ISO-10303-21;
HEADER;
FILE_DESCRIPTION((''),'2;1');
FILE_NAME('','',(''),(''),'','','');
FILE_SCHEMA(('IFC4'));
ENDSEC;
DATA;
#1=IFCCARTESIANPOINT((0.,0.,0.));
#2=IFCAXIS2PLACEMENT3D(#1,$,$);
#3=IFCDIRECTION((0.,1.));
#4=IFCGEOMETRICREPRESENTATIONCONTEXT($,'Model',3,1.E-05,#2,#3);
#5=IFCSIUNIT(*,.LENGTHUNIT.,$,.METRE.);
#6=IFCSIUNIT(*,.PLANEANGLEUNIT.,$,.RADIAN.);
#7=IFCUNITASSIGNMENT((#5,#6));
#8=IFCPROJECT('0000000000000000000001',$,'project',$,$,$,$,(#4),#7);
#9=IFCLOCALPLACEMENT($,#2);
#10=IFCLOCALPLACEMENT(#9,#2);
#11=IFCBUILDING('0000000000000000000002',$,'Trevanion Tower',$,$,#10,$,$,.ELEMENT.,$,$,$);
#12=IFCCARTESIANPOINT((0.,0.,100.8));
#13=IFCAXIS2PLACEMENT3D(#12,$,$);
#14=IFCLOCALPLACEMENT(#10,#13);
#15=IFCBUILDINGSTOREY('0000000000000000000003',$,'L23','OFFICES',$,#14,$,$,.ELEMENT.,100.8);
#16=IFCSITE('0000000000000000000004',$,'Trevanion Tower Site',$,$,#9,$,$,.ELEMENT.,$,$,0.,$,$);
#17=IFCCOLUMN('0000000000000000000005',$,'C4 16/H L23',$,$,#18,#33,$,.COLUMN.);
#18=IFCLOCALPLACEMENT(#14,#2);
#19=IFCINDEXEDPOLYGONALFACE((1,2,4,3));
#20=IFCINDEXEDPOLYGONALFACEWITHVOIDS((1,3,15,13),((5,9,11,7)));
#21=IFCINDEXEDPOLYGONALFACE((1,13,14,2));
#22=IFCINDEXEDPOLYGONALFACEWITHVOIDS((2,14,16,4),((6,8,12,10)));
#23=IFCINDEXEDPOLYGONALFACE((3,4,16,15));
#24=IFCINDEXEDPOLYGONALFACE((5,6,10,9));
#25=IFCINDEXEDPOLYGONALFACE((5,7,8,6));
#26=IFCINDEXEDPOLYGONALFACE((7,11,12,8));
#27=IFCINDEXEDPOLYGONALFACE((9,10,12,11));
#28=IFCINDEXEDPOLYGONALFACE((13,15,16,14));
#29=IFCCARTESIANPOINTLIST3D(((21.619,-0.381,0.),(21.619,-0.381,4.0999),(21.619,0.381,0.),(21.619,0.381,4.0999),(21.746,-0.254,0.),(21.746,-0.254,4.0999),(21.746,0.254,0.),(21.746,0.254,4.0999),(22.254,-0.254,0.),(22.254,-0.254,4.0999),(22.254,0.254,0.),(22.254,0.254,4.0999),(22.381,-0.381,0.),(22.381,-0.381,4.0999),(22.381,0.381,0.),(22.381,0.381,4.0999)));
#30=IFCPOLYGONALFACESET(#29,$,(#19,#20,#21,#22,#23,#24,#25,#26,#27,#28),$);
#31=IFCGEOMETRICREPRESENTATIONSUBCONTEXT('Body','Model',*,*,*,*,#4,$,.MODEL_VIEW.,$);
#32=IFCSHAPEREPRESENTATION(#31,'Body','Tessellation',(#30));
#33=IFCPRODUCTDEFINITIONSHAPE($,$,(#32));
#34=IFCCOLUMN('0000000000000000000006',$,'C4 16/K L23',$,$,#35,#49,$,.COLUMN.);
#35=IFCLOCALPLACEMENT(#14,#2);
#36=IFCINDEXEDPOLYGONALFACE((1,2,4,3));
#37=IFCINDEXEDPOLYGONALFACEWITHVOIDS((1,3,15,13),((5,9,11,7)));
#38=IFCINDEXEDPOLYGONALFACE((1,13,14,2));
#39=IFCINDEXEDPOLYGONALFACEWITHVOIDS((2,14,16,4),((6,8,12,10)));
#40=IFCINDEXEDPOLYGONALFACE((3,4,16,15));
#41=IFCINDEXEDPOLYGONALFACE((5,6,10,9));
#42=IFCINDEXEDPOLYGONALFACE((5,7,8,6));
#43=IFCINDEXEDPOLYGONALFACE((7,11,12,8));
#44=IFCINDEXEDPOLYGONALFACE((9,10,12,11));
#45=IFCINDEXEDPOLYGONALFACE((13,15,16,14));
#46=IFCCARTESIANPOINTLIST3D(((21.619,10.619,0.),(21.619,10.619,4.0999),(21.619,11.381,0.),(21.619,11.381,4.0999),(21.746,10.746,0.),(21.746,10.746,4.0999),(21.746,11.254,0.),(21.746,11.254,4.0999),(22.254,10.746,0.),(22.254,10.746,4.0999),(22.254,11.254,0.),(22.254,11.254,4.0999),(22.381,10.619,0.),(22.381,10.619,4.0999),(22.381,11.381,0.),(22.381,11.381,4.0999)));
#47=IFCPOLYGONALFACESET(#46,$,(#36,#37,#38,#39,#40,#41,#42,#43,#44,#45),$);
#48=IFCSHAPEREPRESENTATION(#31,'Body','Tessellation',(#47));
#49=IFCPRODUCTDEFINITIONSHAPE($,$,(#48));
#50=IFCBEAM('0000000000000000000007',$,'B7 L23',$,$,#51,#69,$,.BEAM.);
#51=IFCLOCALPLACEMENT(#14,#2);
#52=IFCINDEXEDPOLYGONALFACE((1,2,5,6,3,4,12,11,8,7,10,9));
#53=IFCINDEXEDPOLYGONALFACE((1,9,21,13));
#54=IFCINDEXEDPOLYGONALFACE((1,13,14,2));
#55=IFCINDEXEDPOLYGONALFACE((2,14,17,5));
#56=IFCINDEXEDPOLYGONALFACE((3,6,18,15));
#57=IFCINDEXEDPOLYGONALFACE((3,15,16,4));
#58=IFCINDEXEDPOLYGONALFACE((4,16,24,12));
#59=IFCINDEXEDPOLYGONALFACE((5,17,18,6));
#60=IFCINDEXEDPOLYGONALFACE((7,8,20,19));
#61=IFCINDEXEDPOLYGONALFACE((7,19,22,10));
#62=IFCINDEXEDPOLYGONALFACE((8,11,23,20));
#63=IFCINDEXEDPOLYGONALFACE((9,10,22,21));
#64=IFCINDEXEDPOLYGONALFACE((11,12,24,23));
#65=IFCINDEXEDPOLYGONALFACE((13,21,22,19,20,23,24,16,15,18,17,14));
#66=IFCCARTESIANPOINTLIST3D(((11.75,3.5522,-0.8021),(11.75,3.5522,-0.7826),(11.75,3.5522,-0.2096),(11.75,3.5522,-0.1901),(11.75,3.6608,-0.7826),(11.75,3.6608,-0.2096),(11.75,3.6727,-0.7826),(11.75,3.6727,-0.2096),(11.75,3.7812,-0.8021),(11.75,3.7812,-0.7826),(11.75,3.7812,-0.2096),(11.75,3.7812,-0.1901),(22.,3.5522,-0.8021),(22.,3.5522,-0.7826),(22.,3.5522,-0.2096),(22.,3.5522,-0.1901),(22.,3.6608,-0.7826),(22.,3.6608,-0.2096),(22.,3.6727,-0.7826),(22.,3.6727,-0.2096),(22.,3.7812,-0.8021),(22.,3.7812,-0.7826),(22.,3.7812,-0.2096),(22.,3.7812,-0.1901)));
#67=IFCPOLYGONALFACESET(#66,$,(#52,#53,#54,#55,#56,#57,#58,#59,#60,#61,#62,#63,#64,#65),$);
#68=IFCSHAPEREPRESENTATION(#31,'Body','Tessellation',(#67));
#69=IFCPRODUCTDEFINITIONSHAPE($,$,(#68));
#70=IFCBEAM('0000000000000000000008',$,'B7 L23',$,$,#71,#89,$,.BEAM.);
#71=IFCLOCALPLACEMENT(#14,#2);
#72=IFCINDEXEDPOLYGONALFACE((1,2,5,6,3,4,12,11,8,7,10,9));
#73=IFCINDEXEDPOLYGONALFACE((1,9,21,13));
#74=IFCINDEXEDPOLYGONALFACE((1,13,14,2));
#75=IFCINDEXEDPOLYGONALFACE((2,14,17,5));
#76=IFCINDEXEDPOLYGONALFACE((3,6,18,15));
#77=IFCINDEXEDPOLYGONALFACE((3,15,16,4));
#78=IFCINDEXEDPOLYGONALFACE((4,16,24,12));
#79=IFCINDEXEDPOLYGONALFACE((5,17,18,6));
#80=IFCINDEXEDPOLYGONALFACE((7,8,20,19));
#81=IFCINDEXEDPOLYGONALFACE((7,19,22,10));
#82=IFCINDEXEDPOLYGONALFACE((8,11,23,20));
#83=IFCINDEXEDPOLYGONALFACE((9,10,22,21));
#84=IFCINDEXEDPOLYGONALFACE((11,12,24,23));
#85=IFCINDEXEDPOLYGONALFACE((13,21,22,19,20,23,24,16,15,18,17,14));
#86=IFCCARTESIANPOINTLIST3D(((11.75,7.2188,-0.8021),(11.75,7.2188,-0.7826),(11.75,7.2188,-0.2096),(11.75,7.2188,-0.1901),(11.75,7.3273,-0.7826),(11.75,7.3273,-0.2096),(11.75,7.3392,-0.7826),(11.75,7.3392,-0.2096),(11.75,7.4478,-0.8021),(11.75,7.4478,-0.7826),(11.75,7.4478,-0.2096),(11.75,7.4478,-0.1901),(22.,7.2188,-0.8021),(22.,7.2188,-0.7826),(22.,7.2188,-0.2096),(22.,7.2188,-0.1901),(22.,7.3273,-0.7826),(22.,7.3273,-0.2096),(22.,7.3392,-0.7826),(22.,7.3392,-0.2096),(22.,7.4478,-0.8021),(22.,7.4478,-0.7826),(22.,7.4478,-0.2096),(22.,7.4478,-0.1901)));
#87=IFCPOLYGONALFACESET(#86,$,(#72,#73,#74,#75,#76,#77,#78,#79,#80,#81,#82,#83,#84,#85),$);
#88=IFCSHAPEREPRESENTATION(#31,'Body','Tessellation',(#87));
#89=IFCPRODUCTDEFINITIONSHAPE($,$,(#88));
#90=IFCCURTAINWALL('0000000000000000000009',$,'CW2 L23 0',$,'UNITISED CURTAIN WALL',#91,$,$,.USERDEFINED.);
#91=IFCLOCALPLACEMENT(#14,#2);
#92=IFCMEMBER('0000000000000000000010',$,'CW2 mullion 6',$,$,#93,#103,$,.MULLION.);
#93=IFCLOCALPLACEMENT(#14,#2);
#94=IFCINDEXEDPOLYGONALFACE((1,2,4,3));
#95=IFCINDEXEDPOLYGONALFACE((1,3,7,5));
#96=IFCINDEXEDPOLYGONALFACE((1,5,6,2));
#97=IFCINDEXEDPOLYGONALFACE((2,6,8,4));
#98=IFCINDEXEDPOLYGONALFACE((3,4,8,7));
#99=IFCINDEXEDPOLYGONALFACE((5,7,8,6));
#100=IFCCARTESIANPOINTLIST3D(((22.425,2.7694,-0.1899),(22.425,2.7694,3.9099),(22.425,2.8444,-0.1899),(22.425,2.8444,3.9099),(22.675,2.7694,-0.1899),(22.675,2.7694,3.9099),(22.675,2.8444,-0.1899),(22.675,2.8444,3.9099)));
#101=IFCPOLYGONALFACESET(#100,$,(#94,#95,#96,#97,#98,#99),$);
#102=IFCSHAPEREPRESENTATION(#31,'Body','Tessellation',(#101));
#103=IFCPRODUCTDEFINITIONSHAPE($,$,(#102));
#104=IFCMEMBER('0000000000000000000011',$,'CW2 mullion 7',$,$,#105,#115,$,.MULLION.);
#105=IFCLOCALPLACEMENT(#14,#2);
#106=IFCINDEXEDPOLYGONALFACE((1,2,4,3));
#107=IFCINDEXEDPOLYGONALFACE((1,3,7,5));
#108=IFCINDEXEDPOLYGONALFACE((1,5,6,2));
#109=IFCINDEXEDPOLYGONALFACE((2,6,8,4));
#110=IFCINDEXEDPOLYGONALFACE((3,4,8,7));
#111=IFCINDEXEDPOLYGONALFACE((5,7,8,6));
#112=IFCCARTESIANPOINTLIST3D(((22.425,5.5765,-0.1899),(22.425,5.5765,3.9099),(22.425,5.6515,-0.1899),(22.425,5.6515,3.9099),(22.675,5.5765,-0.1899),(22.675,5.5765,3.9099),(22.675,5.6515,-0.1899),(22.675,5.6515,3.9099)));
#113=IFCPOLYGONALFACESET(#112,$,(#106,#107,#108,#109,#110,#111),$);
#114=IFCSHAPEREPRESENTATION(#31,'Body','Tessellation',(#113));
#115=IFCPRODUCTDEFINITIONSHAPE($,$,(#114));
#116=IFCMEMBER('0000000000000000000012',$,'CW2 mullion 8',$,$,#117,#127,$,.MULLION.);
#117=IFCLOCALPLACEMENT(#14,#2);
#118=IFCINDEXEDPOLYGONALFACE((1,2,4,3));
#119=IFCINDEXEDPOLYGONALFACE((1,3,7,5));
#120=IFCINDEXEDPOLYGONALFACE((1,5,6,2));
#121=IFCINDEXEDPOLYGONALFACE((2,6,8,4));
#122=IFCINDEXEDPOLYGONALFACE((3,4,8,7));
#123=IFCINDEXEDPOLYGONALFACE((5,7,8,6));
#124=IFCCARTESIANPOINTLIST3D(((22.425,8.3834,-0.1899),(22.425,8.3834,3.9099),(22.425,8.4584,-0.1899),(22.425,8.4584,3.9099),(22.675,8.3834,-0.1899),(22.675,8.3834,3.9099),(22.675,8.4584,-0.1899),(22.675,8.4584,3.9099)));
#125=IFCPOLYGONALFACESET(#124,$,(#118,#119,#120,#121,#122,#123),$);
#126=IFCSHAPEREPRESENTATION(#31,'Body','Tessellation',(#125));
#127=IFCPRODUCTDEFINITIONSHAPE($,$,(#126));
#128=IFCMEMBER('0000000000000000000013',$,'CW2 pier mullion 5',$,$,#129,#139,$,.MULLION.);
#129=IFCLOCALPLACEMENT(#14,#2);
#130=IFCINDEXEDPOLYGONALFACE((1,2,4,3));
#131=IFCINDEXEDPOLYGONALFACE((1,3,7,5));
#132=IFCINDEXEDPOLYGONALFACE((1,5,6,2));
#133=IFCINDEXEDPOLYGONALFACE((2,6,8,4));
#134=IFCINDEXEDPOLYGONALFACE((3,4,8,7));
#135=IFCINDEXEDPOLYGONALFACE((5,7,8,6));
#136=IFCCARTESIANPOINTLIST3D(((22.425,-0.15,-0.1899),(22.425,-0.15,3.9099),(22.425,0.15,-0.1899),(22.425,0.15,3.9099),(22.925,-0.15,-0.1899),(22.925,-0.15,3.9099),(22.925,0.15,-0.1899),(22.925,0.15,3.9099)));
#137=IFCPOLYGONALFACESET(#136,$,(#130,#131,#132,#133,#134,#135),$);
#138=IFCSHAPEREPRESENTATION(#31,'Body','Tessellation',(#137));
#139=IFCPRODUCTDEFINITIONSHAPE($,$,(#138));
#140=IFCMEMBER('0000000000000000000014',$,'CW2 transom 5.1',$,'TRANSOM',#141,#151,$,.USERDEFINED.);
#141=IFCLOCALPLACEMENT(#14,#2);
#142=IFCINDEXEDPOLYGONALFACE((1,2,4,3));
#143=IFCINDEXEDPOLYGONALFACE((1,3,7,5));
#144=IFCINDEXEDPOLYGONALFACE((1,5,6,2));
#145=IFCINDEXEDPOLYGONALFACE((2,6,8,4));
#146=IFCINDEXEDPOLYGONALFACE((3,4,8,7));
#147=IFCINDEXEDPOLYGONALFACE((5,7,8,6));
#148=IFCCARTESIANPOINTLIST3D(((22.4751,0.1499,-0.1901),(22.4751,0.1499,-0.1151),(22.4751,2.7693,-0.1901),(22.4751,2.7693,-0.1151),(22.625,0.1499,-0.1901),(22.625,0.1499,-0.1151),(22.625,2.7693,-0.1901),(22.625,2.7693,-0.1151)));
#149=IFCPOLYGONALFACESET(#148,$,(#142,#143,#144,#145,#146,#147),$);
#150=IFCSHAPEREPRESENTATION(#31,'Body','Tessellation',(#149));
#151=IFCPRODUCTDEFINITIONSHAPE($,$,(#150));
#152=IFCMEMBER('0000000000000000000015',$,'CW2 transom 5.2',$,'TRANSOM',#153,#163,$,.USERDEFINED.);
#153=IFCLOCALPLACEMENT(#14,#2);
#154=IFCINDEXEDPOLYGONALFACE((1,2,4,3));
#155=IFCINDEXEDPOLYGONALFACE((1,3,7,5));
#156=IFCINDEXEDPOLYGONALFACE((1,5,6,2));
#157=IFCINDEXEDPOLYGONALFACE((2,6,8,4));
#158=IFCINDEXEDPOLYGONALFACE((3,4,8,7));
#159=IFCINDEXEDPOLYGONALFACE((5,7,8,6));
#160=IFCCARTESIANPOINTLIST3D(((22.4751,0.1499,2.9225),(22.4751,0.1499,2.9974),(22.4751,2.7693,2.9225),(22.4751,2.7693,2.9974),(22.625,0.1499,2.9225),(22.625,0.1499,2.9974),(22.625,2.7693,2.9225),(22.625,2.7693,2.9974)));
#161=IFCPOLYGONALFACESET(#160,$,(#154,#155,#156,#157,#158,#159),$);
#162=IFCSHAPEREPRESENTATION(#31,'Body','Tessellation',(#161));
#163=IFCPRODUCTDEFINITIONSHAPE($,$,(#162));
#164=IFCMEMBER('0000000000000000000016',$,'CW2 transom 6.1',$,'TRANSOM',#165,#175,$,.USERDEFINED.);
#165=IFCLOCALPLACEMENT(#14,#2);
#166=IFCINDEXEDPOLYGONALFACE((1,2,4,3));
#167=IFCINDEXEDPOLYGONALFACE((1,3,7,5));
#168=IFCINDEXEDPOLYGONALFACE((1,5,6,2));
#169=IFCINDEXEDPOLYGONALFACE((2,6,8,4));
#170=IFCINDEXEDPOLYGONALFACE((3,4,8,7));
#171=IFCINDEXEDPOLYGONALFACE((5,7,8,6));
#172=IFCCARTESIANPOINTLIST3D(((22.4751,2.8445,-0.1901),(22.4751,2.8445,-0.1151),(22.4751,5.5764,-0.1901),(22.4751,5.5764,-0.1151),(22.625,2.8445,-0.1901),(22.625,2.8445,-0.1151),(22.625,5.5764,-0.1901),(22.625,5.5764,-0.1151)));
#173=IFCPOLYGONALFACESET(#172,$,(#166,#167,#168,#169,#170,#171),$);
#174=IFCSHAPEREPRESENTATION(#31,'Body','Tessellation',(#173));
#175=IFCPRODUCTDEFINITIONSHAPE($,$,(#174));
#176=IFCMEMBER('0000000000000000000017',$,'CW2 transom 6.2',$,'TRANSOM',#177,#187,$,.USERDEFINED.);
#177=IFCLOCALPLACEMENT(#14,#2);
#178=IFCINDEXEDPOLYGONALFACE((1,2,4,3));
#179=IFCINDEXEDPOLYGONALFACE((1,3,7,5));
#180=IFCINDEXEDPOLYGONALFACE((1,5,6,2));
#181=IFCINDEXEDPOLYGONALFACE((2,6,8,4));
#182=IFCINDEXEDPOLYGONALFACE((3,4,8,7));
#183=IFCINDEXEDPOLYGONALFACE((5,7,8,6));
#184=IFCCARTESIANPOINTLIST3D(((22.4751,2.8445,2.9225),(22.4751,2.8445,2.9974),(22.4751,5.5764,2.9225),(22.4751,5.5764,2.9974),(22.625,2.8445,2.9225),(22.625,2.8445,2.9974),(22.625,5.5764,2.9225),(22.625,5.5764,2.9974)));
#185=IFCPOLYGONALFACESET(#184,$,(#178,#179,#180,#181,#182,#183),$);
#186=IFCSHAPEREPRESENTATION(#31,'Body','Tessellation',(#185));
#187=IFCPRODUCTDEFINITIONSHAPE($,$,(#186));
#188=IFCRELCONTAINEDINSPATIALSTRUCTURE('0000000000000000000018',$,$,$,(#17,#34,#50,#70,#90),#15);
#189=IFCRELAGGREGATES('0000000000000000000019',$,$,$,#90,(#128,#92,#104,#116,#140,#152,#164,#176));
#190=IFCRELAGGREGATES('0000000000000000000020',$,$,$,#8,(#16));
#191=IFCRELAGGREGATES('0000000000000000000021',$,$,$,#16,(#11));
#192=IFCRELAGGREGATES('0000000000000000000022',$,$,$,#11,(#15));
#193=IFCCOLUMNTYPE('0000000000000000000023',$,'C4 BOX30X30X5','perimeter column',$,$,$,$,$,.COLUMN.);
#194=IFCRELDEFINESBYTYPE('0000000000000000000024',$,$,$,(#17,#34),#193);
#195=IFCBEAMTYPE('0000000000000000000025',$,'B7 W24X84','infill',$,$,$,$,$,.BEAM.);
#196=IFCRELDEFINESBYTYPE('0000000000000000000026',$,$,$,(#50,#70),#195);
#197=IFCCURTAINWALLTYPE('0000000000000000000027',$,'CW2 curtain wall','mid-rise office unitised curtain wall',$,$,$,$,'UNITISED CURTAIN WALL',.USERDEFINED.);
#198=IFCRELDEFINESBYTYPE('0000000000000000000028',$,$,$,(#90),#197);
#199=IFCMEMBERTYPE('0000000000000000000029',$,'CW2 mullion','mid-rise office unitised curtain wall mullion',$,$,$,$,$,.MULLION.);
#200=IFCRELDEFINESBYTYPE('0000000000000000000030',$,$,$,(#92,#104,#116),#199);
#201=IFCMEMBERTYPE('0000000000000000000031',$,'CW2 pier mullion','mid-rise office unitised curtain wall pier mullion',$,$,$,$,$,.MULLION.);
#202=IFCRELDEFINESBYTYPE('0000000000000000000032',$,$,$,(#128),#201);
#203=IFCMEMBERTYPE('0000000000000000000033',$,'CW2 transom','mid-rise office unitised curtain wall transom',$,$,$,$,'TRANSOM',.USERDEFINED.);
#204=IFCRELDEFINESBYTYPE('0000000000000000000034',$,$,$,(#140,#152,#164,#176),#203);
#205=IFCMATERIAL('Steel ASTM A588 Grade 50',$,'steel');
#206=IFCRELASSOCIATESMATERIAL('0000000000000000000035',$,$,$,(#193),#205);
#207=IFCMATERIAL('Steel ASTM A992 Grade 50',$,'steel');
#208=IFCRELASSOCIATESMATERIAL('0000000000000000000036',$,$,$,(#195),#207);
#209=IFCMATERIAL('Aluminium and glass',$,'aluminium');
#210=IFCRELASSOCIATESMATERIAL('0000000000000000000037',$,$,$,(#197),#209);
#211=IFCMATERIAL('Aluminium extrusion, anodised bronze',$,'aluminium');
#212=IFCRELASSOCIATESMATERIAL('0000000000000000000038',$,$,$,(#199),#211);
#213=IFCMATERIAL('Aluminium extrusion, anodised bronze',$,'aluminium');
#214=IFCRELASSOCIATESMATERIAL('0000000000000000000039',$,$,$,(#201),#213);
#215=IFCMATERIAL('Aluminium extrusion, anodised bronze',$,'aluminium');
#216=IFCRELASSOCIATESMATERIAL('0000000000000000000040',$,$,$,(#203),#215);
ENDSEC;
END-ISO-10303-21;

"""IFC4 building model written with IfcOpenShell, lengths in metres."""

from ifc_helpers import new_model, si_unit, direction, frame, origin, origin_2d, place, context, subcontext, project, spatial, rectangle, hollow_rectangle, i_section, extrude, material, material_profile, profile_set, type_object, element, aggregate, save


model = new_model("IFC4")

# Units and contexts
model_context = context("Model", 3, precision=1e-05, world=origin(), true_north=direction((0.0, 1.0)))
body_context = subcontext(model_context, "Body", "Model", "MODEL_VIEW")
ifc_project = project(units=[si_unit("LENGTHUNIT", "METRE"), si_unit("PLANEANGLEUNIT", "RADIAN")], contexts=[model_context])

# Site, building, storey
site_placement = place(None, origin())
site = spatial("IfcSite", under=ifc_project, at=site_placement, Name="Trevanion Tower Site", CompositionType="ELEMENT", RefElevation=0.0)
building_placement = place(site_placement, origin())
building = spatial("IfcBuilding", under=site, at=building_placement, Name="Trevanion Tower", CompositionType="ELEMENT")
storey_placement = place(building_placement, frame((0.0, 0.0, 100.8)))
storey = spatial("IfcBuildingStorey", under=building, at=storey_placement, Name="L23", Description="OFFICES", CompositionType="ELEMENT", Elevation=100.8)

# Columns
ifc_material_1 = material(Name="Steel ASTM A588 Grade 50", Category="steel")
ifc_material_profile_1 = material_profile(ifc_material_1, hollow_rectangle(XDim=0.762, YDim=0.762, WallThickness=0.127, at=origin_2d()), Name="BOX30X30X5")
ifc_profile_set_1 = profile_set([ifc_material_profile_1], Name="Steel ASTM A588 Grade 50")
column_type = type_object("IfcColumnType", Name="C4 BOX30X30X5", Description="perimeter column", PredefinedType="COLUMN", material=ifc_profile_set_1)
for number, where, z_axis, x_axis, name in (
    (1, (22.0, 0.0, 0.0), (0.0, 0.0, 1.0), (0.0, 1.0, 0.0), "C4 16/H L23"),
    (2, (22.0, 11.0, 0.0), (0.0, 0.0, 1.0), (0.0, 1.0, 0.0), "C4 16/K L23"),
):
    element("IfcColumn", number, at=place(storey_placement, frame(where, z_axis=z_axis, x_axis=x_axis)), inside=storey, type_object=column_type, Name=name, PredefinedType="COLUMN", context=body_context, shape_type="SweptSolid", body=[
        extrude(hollow_rectangle(XDim=0.762, YDim=0.762, WallThickness=0.127, at=origin_2d()), origin(), (0.0, 0.0, 1.0), 4.0999),
    ])

# Beams
ifc_material_2 = material(Name="Steel ASTM A992 Grade 50", Category="steel")
ifc_material_profile_2 = material_profile(ifc_material_2, i_section(OverallWidth=0.229, OverallDepth=0.6121, WebThickness=0.012, FlangeThickness=0.0195, at=origin_2d()), Name="W24X84")
ifc_profile_set_2 = profile_set([ifc_material_profile_2], Name="Steel ASTM A992 Grade 50")
beam_type_1 = type_object("IfcBeamType", Name="B7 W24X84", Description="infill", PredefinedType="BEAM", material=ifc_profile_set_2)
for number, where, z_axis, x_axis, name in (
    (3, (11.75, 3.6667, -0.4961), (1.0, 0.0, 0.0), (0.0, 1.0, 0.0), "B7 L23"),
    (4, (11.75, 7.3333, -0.4961), (1.0, 0.0, 0.0), (0.0, 1.0, 0.0), "B7 L23"),
):
    element("IfcBeam", number, at=place(storey_placement, frame(where, z_axis=z_axis, x_axis=x_axis)), inside=storey, type_object=beam_type_1, Name=name, PredefinedType="BEAM", context=body_context, shape_type="SweptSolid", body=[
        extrude(i_section(OverallWidth=0.229, OverallDepth=0.6121, WebThickness=0.012, FlangeThickness=0.0195, at=origin_2d()), origin(), (0.0, 0.0, 1.0), 10.25),
    ])

# Curtain wall, members
ifc_material_3 = material(Name="Aluminium and glass", Category="aluminium")
curtain_wall_type = type_object("IfcCurtainWallType", Name="CW2 curtain wall", Description="mid-rise office unitised curtain wall", ElementType="UNITISED CURTAIN WALL", PredefinedType="USERDEFINED", material=ifc_material_3)
curtain_wall_placement = place(storey_placement, origin())
curtain_wall = element("IfcCurtainWall", 5, at=curtain_wall_placement, inside=storey, type_object=curtain_wall_type, Name="CW2 L23 0", ObjectType="UNITISED CURTAIN WALL", PredefinedType="USERDEFINED")
ifc_material_4 = material(Name="Aluminium extrusion, anodised bronze", Category="aluminium")
ifc_material_profile_3 = material_profile(ifc_material_4, rectangle(XDim=0.075, YDim=0.25, at=origin_2d()), Name="CW2 mullion")
ifc_profile_set_3 = profile_set([ifc_material_profile_3], Name="Aluminium extrusion, anodised bronze")
member_type_1 = type_object("IfcMemberType", Name="CW2 mullion", Description="mid-rise office unitised curtain wall mullion", PredefinedType="MULLION", material=ifc_profile_set_3)
member_1_placement = place(storey_placement, frame((22.55, 2.8069, -0.1899), z_axis=(0.0, 0.0, 1.0), x_axis=(0.0, 1.0, 0.0)))
member_1 = element("IfcMember", 6, at=member_1_placement, type_object=member_type_1, Name="CW2 mullion 6", PredefinedType="MULLION", context=body_context, shape_type="SweptSolid", body=[
    extrude(rectangle(XDim=0.075, YDim=0.25, at=origin_2d()), origin(), (0.0, 0.0, 1.0), 4.0999),
])
member_2_placement = place(storey_placement, frame((22.55, 5.614, -0.1899), z_axis=(0.0, 0.0, 1.0), x_axis=(0.0, 1.0, 0.0)))
member_2 = element("IfcMember", 7, at=member_2_placement, type_object=member_type_1, Name="CW2 mullion 7", PredefinedType="MULLION", context=body_context, shape_type="SweptSolid", body=[
    extrude(rectangle(XDim=0.075, YDim=0.25, at=origin_2d()), origin(), (0.0, 0.0, 1.0), 4.0999),
])
member_3_placement = place(storey_placement, frame((22.55, 8.4209, -0.1899), z_axis=(0.0, 0.0, 1.0), x_axis=(0.0, 1.0, 0.0)))
member_3 = element("IfcMember", 8, at=member_3_placement, type_object=member_type_1, Name="CW2 mullion 8", PredefinedType="MULLION", context=body_context, shape_type="SweptSolid", body=[
    extrude(rectangle(XDim=0.075, YDim=0.25, at=origin_2d()), origin(), (0.0, 0.0, 1.0), 4.0999),
])
ifc_material_5 = material(Name="Aluminium extrusion, anodised bronze", Category="aluminium")
ifc_material_profile_4 = material_profile(ifc_material_5, rectangle(XDim=0.3, YDim=0.5, at=origin_2d()), Name="CW2 pier mullion")
ifc_profile_set_4 = profile_set([ifc_material_profile_4], Name="Aluminium extrusion, anodised bronze")
member_type_2 = type_object("IfcMemberType", Name="CW2 pier mullion", Description="mid-rise office unitised curtain wall pier mullion", PredefinedType="MULLION", material=ifc_profile_set_4)
member_4_placement = place(storey_placement, frame((22.675, 0.0, -0.1899), z_axis=(0.0, 0.0, 1.0), x_axis=(0.0, 1.0, 0.0)))
member_4 = element("IfcMember", 9, at=member_4_placement, type_object=member_type_2, Name="CW2 pier mullion 5", PredefinedType="MULLION", context=body_context, shape_type="SweptSolid", body=[
    extrude(rectangle(XDim=0.3, YDim=0.5, at=origin_2d()), origin(), (0.0, 0.0, 1.0), 4.0999),
])
ifc_material_6 = material(Name="Aluminium extrusion, anodised bronze", Category="aluminium")
ifc_material_profile_5 = material_profile(ifc_material_6, rectangle(XDim=0.1499, YDim=0.075, at=origin_2d()), Name="CW2 transom")
ifc_profile_set_5 = profile_set([ifc_material_profile_5], Name="Aluminium extrusion, anodised bronze")
member_type_3 = type_object("IfcMemberType", Name="CW2 transom", Description="mid-rise office unitised curtain wall transom", ElementType="TRANSOM", PredefinedType="USERDEFINED", material=ifc_profile_set_5)
member_5_placement = place(storey_placement, frame((22.55, 0.1499, -0.1526), z_axis=(0.0, 1.0, 0.0), x_axis=(-1.0, 0.0, 0.0)))
member_5 = element("IfcMember", 10, at=member_5_placement, type_object=member_type_3, Name="CW2 transom 5.1", ObjectType="TRANSOM", PredefinedType="USERDEFINED", context=body_context, shape_type="SweptSolid", body=[
    extrude(rectangle(XDim=0.1499, YDim=0.075, at=origin_2d()), origin(), (0.0, 0.0, 1.0), 2.6194),
])
member_6_placement = place(storey_placement, frame((22.55, 0.1499, 2.96), z_axis=(0.0, 1.0, 0.0), x_axis=(-1.0, 0.0, 0.0)))
member_6 = element("IfcMember", 11, at=member_6_placement, type_object=member_type_3, Name="CW2 transom 5.2", ObjectType="TRANSOM", PredefinedType="USERDEFINED", context=body_context, shape_type="SweptSolid", body=[
    extrude(rectangle(XDim=0.1499, YDim=0.075, at=origin_2d()), origin(), (0.0, 0.0, 1.0), 2.6194),
])
member_7_placement = place(storey_placement, frame((22.55, 2.8445, -0.1526), z_axis=(0.0, 1.0, 0.0), x_axis=(-1.0, 0.0, 0.0)))
member_7 = element("IfcMember", 12, at=member_7_placement, type_object=member_type_3, Name="CW2 transom 6.1", ObjectType="TRANSOM", PredefinedType="USERDEFINED", context=body_context, shape_type="SweptSolid", body=[
    extrude(rectangle(XDim=0.1499, YDim=0.075, at=origin_2d()), origin(), (0.0, 0.0, 1.0), 2.7319),
])
member_8_placement = place(storey_placement, frame((22.55, 2.8445, 2.96), z_axis=(0.0, 1.0, 0.0), x_axis=(-1.0, 0.0, 0.0)))
member_8 = element("IfcMember", 13, at=member_8_placement, type_object=member_type_3, Name="CW2 transom 6.2", ObjectType="TRANSOM", PredefinedType="USERDEFINED", context=body_context, shape_type="SweptSolid", body=[
    extrude(rectangle(XDim=0.1499, YDim=0.075, at=origin_2d()), origin(), (0.0, 0.0, 1.0), 2.7319),
])

aggregate(curtain_wall, [member_4, member_1, member_2, member_3, member_5, member_6, member_7, member_8])

save(model, "model.ifc")
